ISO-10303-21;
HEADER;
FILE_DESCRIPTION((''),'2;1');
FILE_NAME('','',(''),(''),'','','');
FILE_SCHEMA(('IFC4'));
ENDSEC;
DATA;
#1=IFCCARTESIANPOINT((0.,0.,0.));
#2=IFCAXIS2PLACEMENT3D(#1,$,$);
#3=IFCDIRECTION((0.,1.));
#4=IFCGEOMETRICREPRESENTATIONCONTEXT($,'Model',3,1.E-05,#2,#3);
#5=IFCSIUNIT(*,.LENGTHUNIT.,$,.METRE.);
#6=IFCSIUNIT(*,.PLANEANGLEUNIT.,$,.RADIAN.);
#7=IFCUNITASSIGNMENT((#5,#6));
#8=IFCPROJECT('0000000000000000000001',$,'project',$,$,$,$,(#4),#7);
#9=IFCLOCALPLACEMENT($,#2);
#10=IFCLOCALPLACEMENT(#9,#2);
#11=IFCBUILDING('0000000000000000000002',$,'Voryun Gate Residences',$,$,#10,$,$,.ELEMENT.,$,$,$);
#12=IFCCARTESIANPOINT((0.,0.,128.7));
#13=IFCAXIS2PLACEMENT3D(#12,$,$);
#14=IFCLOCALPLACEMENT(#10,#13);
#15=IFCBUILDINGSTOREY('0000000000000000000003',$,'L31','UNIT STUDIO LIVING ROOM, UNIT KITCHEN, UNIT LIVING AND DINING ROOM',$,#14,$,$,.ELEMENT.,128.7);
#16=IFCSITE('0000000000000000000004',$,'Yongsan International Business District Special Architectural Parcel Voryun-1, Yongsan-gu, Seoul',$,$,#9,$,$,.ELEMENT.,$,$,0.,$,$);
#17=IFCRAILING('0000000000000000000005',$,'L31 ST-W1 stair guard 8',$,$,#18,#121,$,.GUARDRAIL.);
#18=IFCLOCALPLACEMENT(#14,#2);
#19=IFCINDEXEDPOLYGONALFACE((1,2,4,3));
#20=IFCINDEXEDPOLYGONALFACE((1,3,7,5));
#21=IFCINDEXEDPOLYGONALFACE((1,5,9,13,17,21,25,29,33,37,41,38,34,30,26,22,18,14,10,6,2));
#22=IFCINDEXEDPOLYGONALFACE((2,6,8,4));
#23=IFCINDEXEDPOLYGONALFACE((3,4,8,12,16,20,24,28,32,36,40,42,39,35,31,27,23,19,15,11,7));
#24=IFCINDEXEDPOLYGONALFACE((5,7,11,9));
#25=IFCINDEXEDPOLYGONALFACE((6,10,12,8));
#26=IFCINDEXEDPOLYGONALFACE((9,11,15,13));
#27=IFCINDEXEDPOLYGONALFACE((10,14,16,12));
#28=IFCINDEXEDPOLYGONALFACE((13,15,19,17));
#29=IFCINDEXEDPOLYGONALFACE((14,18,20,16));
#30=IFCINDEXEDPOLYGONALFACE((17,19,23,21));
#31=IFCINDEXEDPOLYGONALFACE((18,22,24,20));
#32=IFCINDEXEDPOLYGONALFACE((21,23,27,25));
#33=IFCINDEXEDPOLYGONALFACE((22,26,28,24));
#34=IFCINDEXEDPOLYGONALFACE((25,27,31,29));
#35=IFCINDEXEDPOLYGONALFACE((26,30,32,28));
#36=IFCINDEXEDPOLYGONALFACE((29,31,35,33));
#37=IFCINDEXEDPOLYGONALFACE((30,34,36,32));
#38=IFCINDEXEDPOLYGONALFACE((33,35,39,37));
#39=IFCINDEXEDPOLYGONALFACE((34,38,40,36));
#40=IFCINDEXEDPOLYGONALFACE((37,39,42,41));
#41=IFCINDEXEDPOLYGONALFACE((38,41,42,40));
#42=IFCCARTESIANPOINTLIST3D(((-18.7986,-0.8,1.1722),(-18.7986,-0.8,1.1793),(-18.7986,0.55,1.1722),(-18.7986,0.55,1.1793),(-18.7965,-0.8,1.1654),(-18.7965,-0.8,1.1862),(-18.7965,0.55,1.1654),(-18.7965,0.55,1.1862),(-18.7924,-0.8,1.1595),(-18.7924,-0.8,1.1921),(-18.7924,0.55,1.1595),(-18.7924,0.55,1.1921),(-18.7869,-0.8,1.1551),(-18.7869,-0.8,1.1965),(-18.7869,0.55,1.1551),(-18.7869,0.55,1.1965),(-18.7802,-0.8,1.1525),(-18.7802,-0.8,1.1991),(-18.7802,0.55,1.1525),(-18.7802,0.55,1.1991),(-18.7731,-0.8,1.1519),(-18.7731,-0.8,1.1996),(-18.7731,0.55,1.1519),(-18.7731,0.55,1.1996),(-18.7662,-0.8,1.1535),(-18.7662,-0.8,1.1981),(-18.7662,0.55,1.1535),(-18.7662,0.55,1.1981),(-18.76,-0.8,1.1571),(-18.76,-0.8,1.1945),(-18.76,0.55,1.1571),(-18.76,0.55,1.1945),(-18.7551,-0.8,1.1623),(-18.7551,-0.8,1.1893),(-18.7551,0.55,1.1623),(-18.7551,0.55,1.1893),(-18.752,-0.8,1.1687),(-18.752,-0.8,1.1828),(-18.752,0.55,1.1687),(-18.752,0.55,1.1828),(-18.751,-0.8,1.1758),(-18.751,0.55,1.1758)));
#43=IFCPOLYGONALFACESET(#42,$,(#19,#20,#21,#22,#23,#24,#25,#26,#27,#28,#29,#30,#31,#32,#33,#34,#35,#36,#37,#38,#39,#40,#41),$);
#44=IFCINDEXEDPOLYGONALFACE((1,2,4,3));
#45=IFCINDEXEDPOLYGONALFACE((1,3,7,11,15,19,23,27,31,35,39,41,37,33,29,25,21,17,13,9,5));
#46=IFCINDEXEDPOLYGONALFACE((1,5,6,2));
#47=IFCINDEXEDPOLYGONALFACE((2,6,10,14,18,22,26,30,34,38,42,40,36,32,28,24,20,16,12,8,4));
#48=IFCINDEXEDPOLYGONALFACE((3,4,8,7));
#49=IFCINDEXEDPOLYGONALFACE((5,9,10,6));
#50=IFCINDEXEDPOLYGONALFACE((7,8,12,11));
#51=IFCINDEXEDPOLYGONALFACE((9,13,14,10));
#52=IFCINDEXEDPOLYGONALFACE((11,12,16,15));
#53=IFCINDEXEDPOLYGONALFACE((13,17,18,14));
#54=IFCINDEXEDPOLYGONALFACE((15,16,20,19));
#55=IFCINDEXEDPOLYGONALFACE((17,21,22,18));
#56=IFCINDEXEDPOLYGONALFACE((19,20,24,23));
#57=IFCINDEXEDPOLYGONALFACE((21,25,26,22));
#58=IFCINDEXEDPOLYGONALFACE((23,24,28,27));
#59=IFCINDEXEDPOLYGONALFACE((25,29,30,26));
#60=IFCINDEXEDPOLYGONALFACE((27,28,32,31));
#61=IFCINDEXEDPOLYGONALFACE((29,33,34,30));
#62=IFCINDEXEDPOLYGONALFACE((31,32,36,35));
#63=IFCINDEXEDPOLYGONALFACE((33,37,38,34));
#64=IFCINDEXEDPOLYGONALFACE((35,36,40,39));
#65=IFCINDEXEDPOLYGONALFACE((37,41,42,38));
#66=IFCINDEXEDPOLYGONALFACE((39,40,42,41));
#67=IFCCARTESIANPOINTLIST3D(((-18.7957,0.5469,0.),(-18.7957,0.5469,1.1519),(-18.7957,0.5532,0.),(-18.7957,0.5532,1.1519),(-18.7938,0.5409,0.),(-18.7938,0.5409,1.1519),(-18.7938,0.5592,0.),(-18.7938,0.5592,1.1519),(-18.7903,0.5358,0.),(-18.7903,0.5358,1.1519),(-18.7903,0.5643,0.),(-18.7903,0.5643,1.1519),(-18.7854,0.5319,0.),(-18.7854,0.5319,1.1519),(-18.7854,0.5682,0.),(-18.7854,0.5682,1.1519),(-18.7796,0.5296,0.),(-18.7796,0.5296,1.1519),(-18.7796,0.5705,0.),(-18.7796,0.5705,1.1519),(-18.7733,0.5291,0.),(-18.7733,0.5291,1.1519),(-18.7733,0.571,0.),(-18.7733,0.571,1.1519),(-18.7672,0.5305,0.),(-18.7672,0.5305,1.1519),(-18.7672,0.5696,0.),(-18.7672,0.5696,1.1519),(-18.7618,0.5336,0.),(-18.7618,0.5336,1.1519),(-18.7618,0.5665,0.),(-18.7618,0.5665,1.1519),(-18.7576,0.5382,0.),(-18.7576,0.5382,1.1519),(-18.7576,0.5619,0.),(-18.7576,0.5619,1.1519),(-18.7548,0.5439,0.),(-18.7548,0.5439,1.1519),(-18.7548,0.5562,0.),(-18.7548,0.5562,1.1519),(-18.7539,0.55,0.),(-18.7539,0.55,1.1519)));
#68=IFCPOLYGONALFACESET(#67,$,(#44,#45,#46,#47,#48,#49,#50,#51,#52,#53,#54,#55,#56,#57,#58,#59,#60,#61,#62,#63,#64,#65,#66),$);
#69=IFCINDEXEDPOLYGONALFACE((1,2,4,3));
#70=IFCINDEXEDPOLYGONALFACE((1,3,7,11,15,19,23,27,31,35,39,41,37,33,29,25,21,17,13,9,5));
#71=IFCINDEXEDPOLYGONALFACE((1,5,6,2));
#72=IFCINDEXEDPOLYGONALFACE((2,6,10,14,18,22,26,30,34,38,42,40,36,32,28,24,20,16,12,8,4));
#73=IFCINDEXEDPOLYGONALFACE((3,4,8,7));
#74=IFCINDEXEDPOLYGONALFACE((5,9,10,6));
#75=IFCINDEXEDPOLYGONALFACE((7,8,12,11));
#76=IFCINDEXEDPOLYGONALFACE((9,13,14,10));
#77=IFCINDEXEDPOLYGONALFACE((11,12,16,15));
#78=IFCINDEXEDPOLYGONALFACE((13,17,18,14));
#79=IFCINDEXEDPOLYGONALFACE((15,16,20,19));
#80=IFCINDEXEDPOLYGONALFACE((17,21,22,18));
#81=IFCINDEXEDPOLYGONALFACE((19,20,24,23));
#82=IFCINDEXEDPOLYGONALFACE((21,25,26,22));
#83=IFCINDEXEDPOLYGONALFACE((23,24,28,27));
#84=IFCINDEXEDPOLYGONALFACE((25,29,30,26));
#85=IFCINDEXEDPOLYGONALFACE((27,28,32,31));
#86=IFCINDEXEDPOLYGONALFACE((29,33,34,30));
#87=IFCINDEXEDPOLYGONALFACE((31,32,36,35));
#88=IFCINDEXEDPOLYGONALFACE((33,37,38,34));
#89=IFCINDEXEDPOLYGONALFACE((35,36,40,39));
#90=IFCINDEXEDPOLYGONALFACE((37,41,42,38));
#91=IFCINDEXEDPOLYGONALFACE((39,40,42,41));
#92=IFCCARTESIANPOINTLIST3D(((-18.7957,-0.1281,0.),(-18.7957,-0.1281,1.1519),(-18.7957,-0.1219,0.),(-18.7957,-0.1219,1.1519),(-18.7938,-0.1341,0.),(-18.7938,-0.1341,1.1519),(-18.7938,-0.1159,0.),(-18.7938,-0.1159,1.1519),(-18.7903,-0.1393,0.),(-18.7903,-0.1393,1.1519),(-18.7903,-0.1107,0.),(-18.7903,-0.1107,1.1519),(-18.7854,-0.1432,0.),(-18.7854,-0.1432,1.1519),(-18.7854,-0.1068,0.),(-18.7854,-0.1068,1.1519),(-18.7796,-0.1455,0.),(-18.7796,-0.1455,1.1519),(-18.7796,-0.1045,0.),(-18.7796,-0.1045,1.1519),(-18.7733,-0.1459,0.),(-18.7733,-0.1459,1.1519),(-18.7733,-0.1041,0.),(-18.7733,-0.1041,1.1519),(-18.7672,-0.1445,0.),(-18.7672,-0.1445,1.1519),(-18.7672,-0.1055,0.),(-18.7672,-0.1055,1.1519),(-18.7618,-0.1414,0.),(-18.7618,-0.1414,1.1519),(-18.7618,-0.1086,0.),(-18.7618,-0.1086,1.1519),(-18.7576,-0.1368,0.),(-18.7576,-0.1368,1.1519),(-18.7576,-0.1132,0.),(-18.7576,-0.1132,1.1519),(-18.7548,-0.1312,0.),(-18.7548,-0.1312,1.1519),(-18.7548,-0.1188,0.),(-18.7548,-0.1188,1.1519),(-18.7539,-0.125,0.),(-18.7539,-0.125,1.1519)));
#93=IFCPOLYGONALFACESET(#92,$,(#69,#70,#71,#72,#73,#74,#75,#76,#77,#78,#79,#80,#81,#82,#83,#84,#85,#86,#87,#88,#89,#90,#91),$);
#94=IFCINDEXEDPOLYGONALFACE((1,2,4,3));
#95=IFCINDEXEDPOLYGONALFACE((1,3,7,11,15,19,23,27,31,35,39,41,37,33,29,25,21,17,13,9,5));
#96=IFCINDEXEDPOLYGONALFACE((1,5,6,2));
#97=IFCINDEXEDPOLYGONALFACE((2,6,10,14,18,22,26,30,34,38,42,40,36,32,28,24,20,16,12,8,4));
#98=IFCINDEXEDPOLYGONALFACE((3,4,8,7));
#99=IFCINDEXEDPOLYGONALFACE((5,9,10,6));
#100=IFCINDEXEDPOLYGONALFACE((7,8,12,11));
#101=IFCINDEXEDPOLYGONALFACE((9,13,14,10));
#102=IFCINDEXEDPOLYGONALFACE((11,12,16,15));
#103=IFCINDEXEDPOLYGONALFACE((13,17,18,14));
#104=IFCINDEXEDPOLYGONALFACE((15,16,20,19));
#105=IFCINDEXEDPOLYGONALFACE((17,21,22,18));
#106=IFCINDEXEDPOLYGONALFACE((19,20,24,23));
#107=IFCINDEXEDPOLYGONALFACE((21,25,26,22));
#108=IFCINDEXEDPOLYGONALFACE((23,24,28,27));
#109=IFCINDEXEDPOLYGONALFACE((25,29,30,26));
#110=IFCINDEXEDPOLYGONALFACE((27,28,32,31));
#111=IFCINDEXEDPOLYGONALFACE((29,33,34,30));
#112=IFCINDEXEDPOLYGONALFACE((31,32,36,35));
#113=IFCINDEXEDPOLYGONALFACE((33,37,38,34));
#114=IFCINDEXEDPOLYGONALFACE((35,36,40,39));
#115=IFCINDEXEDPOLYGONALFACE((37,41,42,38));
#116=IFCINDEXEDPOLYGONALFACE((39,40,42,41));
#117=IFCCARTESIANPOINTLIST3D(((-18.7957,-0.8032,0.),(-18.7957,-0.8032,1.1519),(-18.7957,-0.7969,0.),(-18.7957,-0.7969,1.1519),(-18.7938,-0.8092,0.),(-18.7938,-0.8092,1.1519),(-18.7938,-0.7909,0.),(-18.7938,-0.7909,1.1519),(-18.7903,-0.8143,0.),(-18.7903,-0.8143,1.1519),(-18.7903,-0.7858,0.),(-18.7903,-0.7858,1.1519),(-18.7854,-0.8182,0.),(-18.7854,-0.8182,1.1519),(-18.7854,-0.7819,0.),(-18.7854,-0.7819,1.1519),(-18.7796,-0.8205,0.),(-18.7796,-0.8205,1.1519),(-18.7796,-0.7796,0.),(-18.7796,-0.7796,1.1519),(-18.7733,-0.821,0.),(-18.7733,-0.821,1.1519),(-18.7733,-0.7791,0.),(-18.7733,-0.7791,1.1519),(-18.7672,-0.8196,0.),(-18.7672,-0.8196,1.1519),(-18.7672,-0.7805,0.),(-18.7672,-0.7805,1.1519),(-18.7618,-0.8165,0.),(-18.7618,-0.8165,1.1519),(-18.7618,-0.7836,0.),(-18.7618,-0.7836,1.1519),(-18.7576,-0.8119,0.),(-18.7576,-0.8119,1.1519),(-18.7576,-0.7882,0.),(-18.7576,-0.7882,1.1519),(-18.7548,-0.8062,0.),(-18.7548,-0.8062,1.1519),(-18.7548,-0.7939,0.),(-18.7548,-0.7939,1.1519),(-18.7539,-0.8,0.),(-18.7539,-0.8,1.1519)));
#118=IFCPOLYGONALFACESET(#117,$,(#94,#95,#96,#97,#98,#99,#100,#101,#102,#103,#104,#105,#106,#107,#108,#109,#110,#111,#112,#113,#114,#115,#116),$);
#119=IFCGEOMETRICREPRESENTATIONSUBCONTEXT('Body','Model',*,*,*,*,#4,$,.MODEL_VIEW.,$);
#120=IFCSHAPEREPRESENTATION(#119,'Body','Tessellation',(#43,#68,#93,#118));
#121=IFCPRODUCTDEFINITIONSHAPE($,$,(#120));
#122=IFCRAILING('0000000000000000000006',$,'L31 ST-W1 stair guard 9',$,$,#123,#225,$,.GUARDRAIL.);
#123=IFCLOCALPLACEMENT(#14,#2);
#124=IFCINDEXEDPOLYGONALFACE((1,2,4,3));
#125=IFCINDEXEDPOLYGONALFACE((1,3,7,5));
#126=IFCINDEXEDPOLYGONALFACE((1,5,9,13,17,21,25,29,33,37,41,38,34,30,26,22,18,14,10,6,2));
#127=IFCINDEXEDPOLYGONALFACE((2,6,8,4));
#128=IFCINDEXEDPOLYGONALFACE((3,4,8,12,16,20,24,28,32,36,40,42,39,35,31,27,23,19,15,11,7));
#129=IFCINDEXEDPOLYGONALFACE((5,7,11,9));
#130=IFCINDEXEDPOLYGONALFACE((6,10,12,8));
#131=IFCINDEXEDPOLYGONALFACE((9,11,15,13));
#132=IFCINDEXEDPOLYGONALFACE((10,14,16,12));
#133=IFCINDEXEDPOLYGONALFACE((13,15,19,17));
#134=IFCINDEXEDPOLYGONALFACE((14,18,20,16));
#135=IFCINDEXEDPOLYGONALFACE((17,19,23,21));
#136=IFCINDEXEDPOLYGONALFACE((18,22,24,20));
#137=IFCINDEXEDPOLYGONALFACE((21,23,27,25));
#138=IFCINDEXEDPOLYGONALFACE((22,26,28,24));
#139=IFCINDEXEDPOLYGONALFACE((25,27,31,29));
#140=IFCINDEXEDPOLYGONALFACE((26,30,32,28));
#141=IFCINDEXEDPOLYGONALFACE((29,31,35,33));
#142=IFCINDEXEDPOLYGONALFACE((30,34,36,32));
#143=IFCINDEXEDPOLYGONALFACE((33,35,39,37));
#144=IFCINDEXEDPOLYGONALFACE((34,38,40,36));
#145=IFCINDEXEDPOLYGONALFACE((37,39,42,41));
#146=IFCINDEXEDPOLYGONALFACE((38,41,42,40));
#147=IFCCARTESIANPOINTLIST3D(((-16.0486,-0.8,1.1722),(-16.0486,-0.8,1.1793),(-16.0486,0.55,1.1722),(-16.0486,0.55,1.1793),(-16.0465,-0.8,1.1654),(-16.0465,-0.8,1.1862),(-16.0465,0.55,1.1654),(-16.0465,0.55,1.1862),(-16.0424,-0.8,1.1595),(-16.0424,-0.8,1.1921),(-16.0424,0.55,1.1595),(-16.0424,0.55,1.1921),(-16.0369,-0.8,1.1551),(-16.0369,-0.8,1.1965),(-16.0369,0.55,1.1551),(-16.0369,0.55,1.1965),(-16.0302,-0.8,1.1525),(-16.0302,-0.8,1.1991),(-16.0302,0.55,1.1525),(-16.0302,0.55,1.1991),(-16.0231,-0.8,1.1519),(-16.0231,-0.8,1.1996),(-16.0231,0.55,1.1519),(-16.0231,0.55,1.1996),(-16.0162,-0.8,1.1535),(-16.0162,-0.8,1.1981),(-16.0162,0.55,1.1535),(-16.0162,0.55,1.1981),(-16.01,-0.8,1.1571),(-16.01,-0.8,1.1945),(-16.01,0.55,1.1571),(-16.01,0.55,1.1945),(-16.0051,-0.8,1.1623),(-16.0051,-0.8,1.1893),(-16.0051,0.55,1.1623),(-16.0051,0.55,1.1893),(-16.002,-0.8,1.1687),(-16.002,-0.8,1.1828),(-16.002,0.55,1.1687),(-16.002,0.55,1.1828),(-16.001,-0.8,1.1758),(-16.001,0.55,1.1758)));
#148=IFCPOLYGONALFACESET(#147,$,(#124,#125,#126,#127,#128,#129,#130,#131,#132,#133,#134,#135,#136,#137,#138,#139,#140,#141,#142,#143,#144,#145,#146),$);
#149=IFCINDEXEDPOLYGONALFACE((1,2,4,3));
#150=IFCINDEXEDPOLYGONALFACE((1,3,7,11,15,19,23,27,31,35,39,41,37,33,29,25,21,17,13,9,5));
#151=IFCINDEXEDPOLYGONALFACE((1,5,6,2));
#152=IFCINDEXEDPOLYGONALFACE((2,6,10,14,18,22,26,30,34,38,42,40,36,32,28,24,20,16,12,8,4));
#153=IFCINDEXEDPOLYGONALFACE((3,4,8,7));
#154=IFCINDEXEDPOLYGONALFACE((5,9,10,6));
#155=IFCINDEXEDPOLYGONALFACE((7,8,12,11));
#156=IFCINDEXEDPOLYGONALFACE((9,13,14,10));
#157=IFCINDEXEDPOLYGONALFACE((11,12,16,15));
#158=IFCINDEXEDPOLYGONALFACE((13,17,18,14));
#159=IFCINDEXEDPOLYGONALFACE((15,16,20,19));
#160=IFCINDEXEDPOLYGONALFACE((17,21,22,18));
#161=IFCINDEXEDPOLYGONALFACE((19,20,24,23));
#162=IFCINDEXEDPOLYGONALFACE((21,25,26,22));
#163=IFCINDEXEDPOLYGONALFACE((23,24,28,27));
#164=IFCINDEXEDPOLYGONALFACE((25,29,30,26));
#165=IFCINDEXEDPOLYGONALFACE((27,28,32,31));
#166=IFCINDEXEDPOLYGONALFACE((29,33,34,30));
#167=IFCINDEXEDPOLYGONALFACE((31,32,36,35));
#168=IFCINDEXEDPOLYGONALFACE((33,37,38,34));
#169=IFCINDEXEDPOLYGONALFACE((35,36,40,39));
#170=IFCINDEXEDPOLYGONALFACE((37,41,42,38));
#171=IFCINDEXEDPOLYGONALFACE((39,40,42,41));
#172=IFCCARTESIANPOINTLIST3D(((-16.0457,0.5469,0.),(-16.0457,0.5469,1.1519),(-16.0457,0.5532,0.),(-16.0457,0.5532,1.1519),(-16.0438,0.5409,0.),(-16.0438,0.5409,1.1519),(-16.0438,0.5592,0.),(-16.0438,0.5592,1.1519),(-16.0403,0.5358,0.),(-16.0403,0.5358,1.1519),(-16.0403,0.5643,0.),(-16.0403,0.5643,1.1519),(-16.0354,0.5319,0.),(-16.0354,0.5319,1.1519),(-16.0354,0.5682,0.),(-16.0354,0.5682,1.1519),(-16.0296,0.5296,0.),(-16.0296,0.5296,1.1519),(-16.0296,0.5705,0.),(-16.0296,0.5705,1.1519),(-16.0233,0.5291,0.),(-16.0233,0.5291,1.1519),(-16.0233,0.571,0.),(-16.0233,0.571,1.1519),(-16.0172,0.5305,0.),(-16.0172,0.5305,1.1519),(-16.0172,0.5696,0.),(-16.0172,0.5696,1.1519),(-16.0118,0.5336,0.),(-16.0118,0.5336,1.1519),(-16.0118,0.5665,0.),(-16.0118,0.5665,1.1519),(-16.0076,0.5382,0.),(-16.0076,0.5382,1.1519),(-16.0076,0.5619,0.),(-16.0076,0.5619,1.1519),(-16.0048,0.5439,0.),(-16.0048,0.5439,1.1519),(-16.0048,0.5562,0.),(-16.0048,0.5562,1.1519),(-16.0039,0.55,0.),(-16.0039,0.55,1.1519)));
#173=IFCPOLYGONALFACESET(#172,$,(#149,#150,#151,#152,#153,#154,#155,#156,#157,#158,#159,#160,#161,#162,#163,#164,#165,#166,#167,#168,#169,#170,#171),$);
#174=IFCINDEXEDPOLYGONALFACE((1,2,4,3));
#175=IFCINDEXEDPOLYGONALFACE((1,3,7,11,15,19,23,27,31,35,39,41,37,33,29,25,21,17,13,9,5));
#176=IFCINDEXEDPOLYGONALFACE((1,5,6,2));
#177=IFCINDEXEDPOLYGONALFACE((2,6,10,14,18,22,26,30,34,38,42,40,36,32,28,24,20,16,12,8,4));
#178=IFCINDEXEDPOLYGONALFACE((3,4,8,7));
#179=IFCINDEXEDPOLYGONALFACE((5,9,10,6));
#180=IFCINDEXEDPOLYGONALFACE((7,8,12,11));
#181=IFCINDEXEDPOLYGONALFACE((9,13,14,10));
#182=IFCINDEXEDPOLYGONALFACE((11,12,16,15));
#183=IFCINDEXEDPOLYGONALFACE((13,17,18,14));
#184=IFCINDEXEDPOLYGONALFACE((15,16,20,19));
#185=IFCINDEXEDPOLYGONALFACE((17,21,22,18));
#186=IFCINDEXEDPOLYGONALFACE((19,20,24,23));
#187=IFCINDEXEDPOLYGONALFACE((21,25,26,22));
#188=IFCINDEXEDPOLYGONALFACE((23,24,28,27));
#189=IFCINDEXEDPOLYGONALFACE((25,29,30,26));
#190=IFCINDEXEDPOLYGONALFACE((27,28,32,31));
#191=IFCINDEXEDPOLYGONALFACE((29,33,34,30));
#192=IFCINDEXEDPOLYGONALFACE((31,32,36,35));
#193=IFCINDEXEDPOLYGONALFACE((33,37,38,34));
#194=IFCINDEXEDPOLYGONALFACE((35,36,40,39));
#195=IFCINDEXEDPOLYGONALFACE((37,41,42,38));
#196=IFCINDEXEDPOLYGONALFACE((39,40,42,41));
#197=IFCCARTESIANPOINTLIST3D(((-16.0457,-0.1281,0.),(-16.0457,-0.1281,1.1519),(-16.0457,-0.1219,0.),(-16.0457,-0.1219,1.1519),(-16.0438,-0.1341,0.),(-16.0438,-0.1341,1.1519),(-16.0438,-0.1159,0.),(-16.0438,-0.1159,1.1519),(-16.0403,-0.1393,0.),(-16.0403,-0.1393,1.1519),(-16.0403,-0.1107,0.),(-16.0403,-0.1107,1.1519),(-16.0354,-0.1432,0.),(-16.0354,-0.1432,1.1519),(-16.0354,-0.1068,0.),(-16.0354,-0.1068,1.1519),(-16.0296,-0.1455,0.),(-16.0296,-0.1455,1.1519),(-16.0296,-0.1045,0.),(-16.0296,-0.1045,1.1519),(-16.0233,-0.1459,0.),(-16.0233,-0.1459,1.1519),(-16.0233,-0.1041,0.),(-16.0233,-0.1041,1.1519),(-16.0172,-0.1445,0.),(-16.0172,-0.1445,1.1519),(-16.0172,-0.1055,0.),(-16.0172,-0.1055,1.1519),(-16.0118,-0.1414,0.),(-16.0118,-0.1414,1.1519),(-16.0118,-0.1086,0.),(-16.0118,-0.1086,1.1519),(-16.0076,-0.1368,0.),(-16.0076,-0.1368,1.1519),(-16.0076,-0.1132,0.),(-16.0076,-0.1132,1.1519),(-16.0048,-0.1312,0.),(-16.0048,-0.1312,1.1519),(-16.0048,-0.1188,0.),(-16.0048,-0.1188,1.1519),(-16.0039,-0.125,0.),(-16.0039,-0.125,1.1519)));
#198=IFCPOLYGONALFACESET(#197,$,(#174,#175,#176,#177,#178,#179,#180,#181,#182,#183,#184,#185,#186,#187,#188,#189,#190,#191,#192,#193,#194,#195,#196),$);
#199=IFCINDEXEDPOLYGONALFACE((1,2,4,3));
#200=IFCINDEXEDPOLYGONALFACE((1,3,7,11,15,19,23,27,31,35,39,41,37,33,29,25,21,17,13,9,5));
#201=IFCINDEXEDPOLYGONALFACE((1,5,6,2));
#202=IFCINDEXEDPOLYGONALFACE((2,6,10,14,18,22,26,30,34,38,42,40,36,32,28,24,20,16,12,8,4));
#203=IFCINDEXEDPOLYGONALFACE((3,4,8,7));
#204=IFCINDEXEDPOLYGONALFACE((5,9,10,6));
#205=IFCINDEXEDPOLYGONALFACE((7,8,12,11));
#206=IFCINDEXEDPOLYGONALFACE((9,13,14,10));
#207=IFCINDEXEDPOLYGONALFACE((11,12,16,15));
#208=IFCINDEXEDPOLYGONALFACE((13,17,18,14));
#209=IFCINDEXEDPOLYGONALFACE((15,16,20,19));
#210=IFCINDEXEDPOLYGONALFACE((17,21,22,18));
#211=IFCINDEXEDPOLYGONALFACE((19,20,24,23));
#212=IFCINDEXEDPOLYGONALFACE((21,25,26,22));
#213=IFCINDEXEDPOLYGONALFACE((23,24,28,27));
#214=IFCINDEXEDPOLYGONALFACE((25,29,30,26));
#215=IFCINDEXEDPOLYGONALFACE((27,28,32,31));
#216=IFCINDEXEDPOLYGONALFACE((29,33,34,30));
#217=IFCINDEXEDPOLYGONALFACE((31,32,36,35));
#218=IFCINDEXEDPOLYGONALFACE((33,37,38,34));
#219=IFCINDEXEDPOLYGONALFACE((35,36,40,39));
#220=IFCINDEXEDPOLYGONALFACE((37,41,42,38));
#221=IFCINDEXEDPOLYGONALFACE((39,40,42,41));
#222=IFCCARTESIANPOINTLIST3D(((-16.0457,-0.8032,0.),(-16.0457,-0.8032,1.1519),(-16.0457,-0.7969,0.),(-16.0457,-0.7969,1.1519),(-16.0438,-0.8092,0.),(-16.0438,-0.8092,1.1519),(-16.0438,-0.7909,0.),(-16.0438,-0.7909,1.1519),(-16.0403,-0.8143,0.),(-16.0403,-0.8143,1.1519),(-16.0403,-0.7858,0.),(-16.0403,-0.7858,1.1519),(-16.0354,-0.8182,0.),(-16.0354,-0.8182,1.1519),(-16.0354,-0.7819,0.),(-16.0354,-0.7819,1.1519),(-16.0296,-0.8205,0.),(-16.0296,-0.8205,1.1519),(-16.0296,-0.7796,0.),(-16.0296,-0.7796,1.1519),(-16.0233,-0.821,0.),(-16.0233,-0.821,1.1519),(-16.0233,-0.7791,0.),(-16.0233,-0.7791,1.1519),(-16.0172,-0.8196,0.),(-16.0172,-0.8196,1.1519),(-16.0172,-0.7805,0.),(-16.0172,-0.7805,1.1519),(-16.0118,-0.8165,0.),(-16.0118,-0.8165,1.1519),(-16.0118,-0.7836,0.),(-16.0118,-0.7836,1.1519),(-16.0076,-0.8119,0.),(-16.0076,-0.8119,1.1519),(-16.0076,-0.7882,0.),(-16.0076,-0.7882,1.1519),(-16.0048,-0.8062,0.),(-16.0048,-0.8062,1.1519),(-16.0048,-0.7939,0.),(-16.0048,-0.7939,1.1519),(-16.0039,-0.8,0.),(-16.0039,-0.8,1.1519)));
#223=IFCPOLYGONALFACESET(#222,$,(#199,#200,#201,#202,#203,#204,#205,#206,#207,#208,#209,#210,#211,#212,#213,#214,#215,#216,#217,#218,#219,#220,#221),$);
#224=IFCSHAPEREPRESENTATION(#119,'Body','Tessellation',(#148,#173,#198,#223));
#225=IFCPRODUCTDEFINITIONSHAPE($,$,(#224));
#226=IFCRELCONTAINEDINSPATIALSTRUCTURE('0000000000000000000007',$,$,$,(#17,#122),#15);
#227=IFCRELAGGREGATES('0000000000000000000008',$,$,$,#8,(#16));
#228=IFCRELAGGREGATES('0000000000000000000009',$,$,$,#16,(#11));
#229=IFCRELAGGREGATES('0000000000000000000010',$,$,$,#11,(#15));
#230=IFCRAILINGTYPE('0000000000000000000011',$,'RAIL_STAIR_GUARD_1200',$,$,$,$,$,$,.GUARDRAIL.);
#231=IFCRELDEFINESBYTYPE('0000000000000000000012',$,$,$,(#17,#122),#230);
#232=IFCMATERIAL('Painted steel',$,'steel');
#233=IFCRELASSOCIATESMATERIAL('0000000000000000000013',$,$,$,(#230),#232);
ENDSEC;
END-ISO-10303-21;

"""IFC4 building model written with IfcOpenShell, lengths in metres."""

from ifc_helpers import new_model, si_unit, direction, frame, origin, origin_2d, place, context, subcontext, project, spatial, circle, extrude, material, type_object, element, save


model = new_model("IFC4")

# Units and contexts
model_context = context("Model", 3, precision=1e-05, world=origin(), true_north=direction((0.0, 1.0)))
body_context = subcontext(model_context, "Body", "Model", "MODEL_VIEW")
ifc_project = project(units=[si_unit("LENGTHUNIT", "METRE"), si_unit("PLANEANGLEUNIT", "RADIAN")], contexts=[model_context])

# Site, building, storey
site_placement = place(None, origin())
site = spatial("IfcSite", under=ifc_project, at=site_placement, Name="Yongsan International Business District Special Architectural Parcel Voryun-1, Yongsan-gu, Seoul", CompositionType="ELEMENT", RefElevation=0.0)
building_placement = place(site_placement, origin())
building = spatial("IfcBuilding", under=site, at=building_placement, Name="Voryun Gate Residences", CompositionType="ELEMENT")
storey_placement = place(building_placement, frame((0.0, 0.0, 128.7)))
storey = spatial("IfcBuildingStorey", under=building, at=storey_placement, Name="L31", Description="UNIT STUDIO LIVING ROOM, UNIT KITCHEN, UNIT LIVING AND DINING ROOM", CompositionType="ELEMENT", Elevation=128.7)

# Railings
ifc_material_1 = material(Name="Painted steel", Category="steel")
railing_type = type_object("IfcRailingType", Name="RAIL_STAIR_GUARD_1200", PredefinedType="GUARDRAIL", material=ifc_material_1)
for number, where, name in (
    (1, (-18.7749, 0.55, 0.0), "L31 ST-W1 stair guard 8"),
    (2, (-16.0249, 0.55, 0.0), "L31 ST-W1 stair guard 9"),
):
    element("IfcRailing", number, at=place(storey_placement, frame(where)), inside=storey, type_object=railing_type, Name=name, PredefinedType="GUARDRAIL", context=body_context, shape_type="SweptSolid", body=[
        extrude(circle(Radius=0.0239, at=origin_2d()), frame((0.0, 0.0, 1.1758), z_axis=(0.0, -1.0, 0.0), x_axis=(1.0, 0.0, 0.0)), (0.0, 0.0, 1.0), 1.3501),
        extrude(circle(Radius=0.021, at=origin_2d()), origin(), (0.0, 0.0, 1.0), 1.1519),
        extrude(circle(Radius=0.021, at=origin_2d()), frame((0.0, -0.675, 0.0)), (0.0, 0.0, 1.0), 1.1519),
        extrude(circle(Radius=0.021, at=origin_2d()), frame((0.0, -1.3501, 0.0)), (0.0, 0.0, 1.0), 1.1519),
    ])

save(model, "model.ifc")
